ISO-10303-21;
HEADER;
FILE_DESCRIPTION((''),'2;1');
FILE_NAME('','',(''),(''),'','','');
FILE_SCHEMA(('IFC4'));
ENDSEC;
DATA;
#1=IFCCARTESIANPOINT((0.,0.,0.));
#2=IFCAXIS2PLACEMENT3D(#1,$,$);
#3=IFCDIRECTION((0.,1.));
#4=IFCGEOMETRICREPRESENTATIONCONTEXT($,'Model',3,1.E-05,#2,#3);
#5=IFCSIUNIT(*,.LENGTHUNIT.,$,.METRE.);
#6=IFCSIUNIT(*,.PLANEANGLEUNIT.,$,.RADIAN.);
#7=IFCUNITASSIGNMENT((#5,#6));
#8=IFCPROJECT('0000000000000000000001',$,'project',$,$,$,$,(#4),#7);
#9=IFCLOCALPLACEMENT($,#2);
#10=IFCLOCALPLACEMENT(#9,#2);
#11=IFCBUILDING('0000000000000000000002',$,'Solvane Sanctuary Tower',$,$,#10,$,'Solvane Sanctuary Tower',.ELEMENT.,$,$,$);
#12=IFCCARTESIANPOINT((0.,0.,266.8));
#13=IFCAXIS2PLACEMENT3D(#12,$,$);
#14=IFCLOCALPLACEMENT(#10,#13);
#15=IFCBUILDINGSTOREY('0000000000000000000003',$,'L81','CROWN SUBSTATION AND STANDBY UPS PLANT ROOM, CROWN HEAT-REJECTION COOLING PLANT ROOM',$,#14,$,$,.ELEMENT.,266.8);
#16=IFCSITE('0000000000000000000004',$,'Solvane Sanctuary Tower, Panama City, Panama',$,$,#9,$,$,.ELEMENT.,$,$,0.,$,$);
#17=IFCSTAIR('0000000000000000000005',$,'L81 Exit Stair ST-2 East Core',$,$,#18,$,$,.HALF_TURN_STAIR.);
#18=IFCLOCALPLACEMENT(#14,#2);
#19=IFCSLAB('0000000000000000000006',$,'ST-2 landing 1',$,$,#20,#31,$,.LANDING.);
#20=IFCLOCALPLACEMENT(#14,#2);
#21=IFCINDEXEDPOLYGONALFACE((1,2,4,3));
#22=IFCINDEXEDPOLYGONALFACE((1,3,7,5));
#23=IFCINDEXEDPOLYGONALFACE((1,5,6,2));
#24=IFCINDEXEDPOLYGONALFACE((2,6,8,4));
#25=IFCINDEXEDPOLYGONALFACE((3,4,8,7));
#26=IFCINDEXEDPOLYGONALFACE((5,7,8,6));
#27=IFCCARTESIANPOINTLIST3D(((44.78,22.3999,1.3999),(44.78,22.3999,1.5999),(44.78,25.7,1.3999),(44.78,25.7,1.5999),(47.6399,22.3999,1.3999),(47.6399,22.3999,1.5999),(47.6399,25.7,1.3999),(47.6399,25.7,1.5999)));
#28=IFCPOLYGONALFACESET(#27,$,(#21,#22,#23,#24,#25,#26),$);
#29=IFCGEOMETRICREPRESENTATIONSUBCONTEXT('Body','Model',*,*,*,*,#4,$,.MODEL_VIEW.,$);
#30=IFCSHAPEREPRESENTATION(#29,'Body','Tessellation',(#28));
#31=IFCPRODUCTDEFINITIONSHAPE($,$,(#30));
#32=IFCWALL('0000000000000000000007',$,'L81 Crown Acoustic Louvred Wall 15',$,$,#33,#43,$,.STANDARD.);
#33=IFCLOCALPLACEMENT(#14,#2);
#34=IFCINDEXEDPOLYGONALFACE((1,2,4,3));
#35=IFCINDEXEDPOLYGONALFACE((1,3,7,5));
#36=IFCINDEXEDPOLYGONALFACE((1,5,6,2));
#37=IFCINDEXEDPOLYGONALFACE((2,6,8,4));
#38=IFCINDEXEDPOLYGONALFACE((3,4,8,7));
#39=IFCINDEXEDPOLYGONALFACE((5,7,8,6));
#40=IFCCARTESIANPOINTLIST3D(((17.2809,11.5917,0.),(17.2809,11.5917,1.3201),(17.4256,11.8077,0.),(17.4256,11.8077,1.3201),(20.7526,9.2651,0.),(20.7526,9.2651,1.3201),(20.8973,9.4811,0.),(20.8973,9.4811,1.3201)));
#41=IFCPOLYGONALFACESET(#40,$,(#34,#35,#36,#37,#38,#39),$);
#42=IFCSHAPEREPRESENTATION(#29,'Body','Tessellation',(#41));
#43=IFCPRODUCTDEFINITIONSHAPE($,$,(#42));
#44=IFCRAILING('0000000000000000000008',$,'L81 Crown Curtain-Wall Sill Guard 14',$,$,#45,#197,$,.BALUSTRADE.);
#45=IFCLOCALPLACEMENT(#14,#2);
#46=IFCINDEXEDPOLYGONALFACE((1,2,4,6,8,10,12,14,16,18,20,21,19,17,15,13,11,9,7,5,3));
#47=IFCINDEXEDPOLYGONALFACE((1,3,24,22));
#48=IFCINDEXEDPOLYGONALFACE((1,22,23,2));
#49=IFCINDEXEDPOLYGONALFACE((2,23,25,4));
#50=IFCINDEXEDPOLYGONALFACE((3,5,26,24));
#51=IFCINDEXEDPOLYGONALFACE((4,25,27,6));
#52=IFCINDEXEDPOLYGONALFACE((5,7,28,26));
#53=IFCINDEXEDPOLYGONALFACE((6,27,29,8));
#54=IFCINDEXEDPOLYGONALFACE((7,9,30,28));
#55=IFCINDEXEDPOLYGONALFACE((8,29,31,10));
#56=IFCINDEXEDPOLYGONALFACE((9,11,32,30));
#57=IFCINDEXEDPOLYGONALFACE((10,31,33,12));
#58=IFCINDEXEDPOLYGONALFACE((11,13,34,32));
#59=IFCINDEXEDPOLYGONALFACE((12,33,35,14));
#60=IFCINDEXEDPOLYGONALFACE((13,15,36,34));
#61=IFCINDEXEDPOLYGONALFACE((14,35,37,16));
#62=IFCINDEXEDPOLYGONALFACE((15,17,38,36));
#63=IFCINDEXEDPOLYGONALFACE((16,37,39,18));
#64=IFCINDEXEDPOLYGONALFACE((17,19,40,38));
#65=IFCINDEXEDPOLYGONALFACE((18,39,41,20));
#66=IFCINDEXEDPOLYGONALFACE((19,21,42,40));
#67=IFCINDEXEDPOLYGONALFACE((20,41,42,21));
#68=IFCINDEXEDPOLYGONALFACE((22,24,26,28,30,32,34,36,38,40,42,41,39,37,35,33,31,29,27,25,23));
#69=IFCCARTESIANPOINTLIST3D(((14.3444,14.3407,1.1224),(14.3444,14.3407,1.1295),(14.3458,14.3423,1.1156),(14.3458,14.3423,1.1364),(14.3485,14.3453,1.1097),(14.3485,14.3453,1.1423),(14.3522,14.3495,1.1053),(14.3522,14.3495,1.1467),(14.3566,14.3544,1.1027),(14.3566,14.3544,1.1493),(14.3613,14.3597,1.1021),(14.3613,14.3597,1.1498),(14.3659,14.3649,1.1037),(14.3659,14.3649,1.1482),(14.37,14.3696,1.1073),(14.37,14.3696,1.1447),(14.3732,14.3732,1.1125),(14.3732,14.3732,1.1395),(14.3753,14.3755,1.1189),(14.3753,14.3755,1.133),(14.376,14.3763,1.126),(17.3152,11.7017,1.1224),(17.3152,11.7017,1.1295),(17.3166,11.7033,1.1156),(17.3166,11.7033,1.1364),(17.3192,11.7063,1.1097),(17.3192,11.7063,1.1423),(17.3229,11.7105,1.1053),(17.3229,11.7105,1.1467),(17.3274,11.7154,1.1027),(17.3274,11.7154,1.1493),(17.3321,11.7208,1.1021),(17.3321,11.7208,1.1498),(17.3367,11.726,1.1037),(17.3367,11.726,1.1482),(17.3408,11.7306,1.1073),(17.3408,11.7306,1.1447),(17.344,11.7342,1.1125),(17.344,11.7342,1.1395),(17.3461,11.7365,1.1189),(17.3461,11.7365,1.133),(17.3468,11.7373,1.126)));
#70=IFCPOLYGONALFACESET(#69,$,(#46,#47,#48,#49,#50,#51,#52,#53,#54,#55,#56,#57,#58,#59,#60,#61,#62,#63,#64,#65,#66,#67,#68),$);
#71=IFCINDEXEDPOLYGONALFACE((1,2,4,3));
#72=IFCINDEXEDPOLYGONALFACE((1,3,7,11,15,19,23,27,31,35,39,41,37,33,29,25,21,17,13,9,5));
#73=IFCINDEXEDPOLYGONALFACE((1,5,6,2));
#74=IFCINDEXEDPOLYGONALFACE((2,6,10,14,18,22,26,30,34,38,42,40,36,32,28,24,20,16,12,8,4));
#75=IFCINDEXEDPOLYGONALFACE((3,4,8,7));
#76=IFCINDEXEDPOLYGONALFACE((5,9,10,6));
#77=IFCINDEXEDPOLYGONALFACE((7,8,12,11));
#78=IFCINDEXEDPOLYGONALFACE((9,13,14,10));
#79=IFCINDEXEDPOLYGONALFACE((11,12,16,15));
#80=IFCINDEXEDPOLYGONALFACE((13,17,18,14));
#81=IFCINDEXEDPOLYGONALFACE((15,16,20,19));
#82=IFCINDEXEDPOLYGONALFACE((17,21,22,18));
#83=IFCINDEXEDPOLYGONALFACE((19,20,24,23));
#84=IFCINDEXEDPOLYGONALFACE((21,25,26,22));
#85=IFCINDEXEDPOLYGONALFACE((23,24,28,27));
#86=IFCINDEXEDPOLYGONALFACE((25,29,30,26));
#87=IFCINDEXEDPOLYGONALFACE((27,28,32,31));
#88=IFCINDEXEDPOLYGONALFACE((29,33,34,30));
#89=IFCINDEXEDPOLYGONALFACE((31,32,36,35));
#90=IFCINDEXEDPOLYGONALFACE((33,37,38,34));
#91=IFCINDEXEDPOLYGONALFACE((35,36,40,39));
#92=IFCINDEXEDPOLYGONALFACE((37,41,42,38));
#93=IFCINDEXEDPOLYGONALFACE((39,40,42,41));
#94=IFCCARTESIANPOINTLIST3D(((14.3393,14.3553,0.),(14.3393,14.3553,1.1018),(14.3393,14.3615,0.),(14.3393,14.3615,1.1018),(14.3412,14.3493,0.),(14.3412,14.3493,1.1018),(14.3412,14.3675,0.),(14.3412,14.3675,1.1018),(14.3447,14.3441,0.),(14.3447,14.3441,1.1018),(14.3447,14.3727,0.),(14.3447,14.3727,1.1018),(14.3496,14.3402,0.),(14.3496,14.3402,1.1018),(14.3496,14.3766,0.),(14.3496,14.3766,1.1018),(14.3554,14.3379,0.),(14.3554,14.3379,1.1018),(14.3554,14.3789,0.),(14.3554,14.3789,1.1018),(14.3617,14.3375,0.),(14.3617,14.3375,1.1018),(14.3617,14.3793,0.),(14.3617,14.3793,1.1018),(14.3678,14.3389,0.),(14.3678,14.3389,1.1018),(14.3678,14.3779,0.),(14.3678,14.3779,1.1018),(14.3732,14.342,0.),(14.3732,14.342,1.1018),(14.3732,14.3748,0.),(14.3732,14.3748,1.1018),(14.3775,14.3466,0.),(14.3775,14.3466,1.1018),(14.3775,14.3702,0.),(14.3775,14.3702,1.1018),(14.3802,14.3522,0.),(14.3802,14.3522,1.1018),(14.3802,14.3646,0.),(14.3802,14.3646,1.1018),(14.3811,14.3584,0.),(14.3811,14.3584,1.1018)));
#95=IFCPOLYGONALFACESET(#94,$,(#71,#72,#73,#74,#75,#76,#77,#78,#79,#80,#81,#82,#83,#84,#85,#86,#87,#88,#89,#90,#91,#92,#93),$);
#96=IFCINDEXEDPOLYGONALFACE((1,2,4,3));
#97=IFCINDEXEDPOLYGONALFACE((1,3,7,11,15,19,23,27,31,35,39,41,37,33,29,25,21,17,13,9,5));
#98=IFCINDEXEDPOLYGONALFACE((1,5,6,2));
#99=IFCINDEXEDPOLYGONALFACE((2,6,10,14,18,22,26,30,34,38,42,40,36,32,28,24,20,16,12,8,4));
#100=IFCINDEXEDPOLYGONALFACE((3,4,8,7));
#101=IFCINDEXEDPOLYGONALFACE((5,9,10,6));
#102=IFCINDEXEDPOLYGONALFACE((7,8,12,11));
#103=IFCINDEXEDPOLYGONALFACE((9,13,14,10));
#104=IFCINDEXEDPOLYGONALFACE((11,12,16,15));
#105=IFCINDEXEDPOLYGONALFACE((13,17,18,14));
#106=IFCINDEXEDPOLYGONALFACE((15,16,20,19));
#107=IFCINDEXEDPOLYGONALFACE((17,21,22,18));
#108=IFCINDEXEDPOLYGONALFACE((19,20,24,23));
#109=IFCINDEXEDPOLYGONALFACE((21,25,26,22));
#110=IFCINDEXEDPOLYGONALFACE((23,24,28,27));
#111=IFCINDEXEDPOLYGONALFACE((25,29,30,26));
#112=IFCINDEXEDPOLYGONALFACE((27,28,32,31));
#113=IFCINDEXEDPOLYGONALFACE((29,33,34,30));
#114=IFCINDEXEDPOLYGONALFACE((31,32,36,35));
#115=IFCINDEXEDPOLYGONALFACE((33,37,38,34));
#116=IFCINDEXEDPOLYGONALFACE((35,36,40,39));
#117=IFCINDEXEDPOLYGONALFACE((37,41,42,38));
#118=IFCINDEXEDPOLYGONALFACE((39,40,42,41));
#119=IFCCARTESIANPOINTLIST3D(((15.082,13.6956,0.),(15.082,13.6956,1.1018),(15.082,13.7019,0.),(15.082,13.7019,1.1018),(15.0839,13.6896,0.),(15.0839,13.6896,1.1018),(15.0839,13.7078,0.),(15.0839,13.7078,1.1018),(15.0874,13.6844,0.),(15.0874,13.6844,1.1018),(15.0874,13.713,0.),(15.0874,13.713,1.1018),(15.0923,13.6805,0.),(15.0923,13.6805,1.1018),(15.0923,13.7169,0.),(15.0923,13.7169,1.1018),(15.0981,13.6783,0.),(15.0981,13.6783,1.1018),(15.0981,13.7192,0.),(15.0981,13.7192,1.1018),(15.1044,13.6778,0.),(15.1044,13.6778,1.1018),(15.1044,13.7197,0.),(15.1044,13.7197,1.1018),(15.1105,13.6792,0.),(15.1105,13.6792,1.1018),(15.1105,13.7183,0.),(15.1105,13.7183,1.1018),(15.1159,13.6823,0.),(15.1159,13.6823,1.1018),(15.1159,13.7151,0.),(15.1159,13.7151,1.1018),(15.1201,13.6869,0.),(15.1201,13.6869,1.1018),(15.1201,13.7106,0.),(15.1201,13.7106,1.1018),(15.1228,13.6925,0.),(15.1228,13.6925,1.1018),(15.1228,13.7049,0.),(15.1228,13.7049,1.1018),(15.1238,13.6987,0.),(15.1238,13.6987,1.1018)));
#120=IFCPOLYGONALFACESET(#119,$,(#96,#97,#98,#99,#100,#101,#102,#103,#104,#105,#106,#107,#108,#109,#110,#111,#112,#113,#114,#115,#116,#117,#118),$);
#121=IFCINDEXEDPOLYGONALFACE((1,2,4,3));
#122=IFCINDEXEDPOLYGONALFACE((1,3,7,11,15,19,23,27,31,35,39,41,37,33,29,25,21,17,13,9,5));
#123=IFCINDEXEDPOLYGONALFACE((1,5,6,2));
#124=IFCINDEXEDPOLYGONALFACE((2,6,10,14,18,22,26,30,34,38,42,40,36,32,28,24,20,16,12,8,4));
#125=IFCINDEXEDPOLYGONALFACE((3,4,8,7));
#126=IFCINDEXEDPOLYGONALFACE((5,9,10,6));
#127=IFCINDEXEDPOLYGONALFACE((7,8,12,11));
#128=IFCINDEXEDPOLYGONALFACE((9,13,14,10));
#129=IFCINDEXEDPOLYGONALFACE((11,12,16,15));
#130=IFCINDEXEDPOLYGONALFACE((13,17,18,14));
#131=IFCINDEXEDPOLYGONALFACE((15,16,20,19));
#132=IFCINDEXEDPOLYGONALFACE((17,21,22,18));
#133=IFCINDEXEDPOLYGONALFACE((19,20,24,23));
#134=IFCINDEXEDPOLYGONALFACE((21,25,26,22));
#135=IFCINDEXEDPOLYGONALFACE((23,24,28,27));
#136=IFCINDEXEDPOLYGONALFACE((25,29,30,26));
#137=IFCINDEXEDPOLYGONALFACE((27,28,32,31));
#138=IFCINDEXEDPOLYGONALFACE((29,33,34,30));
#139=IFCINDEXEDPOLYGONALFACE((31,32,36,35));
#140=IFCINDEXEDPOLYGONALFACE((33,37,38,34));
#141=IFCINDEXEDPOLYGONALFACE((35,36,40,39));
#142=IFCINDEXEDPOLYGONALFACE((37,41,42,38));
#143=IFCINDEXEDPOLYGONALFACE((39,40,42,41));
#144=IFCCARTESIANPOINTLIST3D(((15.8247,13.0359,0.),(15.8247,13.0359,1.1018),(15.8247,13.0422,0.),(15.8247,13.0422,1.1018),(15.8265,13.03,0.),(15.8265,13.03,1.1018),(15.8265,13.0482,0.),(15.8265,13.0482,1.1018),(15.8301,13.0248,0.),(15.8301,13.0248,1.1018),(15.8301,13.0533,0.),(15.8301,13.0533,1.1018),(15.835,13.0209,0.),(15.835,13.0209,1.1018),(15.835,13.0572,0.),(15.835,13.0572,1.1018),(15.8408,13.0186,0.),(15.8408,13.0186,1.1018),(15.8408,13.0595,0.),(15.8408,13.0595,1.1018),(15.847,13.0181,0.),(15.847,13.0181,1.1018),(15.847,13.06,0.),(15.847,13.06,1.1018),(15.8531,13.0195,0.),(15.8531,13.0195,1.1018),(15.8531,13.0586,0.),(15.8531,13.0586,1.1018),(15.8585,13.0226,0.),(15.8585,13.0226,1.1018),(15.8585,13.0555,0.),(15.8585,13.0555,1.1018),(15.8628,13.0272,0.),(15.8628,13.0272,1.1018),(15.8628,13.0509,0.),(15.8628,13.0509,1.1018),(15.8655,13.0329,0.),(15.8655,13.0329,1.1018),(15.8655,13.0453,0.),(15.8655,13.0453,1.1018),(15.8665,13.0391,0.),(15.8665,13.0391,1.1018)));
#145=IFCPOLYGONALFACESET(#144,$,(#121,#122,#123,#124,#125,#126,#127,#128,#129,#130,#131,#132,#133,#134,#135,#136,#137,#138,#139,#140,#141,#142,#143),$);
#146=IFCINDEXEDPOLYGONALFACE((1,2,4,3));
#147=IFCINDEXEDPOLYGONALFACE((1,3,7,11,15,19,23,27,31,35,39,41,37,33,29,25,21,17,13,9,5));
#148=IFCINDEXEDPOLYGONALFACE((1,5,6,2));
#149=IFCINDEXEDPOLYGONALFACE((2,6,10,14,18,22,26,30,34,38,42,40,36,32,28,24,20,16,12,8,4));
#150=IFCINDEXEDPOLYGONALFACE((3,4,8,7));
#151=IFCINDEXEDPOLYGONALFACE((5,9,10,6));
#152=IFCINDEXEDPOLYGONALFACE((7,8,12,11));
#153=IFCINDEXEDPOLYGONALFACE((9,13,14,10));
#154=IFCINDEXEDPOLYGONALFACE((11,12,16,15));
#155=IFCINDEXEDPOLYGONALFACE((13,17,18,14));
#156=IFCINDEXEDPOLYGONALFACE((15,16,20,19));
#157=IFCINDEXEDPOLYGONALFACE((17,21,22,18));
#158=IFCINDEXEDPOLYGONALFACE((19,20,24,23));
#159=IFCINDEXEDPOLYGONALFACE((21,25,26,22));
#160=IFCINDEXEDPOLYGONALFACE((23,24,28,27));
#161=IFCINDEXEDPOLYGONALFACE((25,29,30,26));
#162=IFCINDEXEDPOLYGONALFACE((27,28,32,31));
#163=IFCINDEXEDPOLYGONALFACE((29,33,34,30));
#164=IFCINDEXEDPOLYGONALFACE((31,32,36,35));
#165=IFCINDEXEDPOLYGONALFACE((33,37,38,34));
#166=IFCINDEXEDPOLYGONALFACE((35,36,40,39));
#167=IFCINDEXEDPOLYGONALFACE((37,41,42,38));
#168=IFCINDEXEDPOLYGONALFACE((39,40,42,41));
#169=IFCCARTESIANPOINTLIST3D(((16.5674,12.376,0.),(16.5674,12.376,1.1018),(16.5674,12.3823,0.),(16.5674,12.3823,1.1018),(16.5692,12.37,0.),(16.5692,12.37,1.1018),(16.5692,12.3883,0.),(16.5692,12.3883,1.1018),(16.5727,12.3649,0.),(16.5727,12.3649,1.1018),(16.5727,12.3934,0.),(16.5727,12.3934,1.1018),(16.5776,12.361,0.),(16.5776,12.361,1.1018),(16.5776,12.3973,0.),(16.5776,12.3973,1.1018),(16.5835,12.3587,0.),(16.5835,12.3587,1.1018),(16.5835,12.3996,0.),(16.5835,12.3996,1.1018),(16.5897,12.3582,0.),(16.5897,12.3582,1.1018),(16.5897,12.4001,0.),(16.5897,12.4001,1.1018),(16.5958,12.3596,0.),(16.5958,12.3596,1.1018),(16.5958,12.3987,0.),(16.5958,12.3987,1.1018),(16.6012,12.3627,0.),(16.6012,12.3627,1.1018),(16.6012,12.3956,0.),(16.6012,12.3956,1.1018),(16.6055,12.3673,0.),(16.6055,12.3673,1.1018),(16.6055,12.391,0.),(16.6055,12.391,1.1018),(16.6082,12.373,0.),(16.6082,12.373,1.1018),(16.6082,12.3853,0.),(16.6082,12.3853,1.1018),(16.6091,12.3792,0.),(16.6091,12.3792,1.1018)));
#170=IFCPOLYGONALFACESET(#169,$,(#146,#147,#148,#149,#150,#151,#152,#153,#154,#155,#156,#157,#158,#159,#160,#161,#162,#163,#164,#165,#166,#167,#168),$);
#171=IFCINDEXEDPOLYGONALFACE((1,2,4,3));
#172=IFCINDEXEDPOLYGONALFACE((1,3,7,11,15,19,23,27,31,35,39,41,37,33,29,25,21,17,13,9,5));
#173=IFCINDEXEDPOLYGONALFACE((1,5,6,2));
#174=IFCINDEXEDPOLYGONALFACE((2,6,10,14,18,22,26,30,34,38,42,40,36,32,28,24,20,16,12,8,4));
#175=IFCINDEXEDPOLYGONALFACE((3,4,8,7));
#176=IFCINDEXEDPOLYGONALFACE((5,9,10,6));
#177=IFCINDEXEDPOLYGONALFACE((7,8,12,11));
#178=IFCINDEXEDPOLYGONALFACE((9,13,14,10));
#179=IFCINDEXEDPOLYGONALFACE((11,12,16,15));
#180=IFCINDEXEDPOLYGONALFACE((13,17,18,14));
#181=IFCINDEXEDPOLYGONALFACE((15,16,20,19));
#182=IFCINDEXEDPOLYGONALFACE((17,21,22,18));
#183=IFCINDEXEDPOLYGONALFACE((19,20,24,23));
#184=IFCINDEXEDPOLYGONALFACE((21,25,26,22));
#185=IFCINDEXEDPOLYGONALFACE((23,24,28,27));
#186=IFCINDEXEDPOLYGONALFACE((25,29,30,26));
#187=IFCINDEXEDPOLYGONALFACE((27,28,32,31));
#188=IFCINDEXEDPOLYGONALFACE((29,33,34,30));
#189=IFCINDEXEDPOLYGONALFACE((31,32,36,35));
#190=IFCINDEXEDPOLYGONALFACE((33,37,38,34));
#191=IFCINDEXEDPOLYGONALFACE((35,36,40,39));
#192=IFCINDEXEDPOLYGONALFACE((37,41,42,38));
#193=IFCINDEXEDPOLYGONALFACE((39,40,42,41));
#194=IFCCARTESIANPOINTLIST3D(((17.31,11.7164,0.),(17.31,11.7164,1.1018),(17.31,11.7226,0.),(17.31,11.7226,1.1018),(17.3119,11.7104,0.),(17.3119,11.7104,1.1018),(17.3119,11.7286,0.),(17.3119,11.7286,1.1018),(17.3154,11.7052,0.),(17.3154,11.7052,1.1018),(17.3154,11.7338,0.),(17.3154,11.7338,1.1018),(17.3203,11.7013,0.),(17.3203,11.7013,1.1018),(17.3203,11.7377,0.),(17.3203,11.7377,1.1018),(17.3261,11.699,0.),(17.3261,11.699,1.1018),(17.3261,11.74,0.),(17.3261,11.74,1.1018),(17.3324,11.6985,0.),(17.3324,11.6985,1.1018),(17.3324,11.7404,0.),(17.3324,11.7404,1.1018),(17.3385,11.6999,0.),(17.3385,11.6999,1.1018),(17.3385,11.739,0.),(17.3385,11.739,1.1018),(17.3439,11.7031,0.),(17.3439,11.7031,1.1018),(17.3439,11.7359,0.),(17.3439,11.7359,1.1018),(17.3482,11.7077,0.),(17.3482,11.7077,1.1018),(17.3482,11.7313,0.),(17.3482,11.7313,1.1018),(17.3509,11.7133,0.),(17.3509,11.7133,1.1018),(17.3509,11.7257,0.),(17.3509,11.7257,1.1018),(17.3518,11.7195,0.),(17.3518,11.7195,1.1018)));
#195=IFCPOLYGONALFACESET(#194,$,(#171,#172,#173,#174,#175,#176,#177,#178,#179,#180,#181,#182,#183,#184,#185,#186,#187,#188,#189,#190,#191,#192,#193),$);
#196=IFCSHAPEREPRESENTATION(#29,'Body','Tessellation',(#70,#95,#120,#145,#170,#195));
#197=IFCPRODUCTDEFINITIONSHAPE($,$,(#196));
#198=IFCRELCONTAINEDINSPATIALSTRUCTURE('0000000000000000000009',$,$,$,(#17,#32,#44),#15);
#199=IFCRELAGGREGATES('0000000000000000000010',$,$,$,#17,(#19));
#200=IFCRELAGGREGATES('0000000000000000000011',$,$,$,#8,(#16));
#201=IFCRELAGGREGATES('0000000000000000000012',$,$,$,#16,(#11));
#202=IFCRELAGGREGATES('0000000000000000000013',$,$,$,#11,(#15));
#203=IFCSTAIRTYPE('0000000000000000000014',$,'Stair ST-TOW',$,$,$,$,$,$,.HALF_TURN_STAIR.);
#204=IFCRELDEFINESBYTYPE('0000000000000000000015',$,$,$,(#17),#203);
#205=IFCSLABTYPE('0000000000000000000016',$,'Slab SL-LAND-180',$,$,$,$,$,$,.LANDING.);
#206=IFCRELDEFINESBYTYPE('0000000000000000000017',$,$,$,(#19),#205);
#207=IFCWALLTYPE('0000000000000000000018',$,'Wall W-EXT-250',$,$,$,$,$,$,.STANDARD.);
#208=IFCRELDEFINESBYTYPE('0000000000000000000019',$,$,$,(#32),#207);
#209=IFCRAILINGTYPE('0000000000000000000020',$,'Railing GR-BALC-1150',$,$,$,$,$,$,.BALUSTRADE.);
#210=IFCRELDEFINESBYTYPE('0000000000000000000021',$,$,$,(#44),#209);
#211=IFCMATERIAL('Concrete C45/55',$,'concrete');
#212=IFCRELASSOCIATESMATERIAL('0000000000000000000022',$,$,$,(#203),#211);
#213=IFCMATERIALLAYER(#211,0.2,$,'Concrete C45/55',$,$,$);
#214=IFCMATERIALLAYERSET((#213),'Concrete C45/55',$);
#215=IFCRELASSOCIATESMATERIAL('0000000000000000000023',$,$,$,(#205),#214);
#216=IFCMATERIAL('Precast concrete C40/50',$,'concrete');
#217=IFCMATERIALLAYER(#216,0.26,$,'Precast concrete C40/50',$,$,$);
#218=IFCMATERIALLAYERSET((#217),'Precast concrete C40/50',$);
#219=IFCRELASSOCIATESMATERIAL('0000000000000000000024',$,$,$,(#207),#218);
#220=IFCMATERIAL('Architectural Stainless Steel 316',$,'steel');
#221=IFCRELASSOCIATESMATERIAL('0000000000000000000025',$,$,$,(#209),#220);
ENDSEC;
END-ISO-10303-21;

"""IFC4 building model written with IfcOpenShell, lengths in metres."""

from ifc_helpers import new_model, si_unit, direction, frame, frame_2d, origin, origin_2d, place, context, subcontext, project, spatial, polyline, rectangle, circle, outline, extrude, material, layer, layer_set, type_object, element, aggregate, save


model = new_model("IFC4")

# Units and contexts
model_context = context("Model", 3, precision=1e-05, world=origin(), true_north=direction((0.0, 1.0)))
body_context = subcontext(model_context, "Body", "Model", "MODEL_VIEW")
ifc_project = project(units=[si_unit("LENGTHUNIT", "METRE"), si_unit("PLANEANGLEUNIT", "RADIAN")], contexts=[model_context])

# Site, building, storey
site_placement = place(None, origin())
site = spatial("IfcSite", under=ifc_project, at=site_placement, Name="Solvane Sanctuary Tower, Panama City, Panama", CompositionType="ELEMENT", RefElevation=0.0)
building_placement = place(site_placement, origin())
building = spatial("IfcBuilding", under=site, at=building_placement, Name="Solvane Sanctuary Tower", LongName="Solvane Sanctuary Tower", CompositionType="ELEMENT")
storey_placement = place(building_placement, frame((0.0, 0.0, 266.8)))
storey = spatial("IfcBuildingStorey", under=building, at=storey_placement, Name="L81", Description="CROWN SUBSTATION AND STANDBY UPS PLANT ROOM, CROWN HEAT-REJECTION COOLING PLANT ROOM", CompositionType="ELEMENT", Elevation=266.8)

# Stair, slab
ifc_material_1 = material(Name="Concrete C45/55", Category="concrete")
stair_type = type_object("IfcStairType", Name="Stair ST-TOW", PredefinedType="HALF_TURN_STAIR", material=ifc_material_1)
ifc_layer_1 = layer(ifc_material_1, 0.2, Name="Concrete C45/55")
ifc_layer_set_1 = layer_set([ifc_layer_1], Name="Concrete C45/55")
slab_type_1 = type_object("IfcSlabType", Name="Slab SL-LAND-180", PredefinedType="LANDING", material=ifc_layer_set_1)
stair_1_placement = place(storey_placement, origin())
stair_1 = element("IfcStair", 1, at=stair_1_placement, inside=storey, type_object=stair_type, Name="L81 Exit Stair ST-2 East Core", PredefinedType="HALF_TURN_STAIR")
slab_1_placement = place(storey_placement, frame((0.0, 0.0, 1.3999)))
slab_1 = element("IfcSlab", 2, at=slab_1_placement, type_object=slab_type_1, Name="ST-2 landing 1", PredefinedType="LANDING", context=body_context, shape_type="SweptSolid", body=[
    extrude(outline(polyline([(47.6399, 22.3999), (47.6399, 25.7), (44.78, 25.7), (44.78, 22.3999), (47.6399, 22.3999)])), origin(), (0.0, 0.0, 1.0), 0.2),
])
aggregate(stair_1, [slab_1])

# Wall
ifc_material_2 = material(Name="Precast concrete C40/50", Category="concrete")
ifc_layer_2 = layer(ifc_material_2, 0.26, Name="Precast concrete C40/50")
ifc_layer_set_2 = layer_set([ifc_layer_2], Name="Precast concrete C40/50")
wall_type = type_object("IfcWallType", Name="Wall W-EXT-250", PredefinedType="STANDARD", material=ifc_layer_set_2)
wall_placement = place(storey_placement, frame((17.3533, 11.6997, 0.0), z_axis=(0.0, 0.0, 1.0), x_axis=(0.8307, -0.556721, 0.0)))
element("IfcWall", 3, at=wall_placement, inside=storey, type_object=wall_type, Name="L81 Crown Acoustic Louvred Wall 15", PredefinedType="STANDARD", context=body_context, shape_type="SweptSolid", body=[
    extrude(rectangle(XDim=4.1792, YDim=0.26, at=frame_2d((2.0896, 0.0))), origin(), (0.0, 0.0, 1.0), 1.3201),
])

# Railing
ifc_material_3 = material(Name="Architectural Stainless Steel 316", Category="steel")
railing_type = type_object("IfcRailingType", Name="Railing GR-BALC-1150", PredefinedType="BALUSTRADE", material=ifc_material_3)
railing_1_placement = place(storey_placement, frame((14.3601, 14.3584, 0.0)))
element("IfcRailing", 4, at=railing_1_placement, inside=storey, type_object=railing_type, Name="L81 Crown Curtain-Wall Sill Guard 14", PredefinedType="BALUSTRADE", context=body_context, shape_type="SweptSolid", body=[
    extrude(circle(Radius=0.0239, at=origin_2d()), frame((0.0, 0.0, 1.126), z_axis=(0.747623, -0.664124, 0.0), x_axis=(0.664124, 0.747623, 0.0)), (0.0, 0.0, 1.0), 3.9736),
    extrude(circle(Radius=0.021, at=origin_2d()), origin(), (0.0, 0.0, 1.0), 1.1018),
    extrude(circle(Radius=0.021, at=origin_2d()), frame((0.7427, -0.6597, 0.0)), (0.0, 0.0, 1.0), 1.1018),
    extrude(circle(Radius=0.021, at=origin_2d()), frame((1.4854, -1.3193, 0.0)), (0.0, 0.0, 1.0), 1.1018),
    extrude(circle(Radius=0.021, at=origin_2d()), frame((2.228, -1.9792, 0.0)), (0.0, 0.0, 1.0), 1.1018),
    extrude(circle(Radius=0.021, at=origin_2d()), frame((2.9707, -2.6389, 0.0)), (0.0, 0.0, 1.0), 1.1018),
])

save(model, "model.ifc")
